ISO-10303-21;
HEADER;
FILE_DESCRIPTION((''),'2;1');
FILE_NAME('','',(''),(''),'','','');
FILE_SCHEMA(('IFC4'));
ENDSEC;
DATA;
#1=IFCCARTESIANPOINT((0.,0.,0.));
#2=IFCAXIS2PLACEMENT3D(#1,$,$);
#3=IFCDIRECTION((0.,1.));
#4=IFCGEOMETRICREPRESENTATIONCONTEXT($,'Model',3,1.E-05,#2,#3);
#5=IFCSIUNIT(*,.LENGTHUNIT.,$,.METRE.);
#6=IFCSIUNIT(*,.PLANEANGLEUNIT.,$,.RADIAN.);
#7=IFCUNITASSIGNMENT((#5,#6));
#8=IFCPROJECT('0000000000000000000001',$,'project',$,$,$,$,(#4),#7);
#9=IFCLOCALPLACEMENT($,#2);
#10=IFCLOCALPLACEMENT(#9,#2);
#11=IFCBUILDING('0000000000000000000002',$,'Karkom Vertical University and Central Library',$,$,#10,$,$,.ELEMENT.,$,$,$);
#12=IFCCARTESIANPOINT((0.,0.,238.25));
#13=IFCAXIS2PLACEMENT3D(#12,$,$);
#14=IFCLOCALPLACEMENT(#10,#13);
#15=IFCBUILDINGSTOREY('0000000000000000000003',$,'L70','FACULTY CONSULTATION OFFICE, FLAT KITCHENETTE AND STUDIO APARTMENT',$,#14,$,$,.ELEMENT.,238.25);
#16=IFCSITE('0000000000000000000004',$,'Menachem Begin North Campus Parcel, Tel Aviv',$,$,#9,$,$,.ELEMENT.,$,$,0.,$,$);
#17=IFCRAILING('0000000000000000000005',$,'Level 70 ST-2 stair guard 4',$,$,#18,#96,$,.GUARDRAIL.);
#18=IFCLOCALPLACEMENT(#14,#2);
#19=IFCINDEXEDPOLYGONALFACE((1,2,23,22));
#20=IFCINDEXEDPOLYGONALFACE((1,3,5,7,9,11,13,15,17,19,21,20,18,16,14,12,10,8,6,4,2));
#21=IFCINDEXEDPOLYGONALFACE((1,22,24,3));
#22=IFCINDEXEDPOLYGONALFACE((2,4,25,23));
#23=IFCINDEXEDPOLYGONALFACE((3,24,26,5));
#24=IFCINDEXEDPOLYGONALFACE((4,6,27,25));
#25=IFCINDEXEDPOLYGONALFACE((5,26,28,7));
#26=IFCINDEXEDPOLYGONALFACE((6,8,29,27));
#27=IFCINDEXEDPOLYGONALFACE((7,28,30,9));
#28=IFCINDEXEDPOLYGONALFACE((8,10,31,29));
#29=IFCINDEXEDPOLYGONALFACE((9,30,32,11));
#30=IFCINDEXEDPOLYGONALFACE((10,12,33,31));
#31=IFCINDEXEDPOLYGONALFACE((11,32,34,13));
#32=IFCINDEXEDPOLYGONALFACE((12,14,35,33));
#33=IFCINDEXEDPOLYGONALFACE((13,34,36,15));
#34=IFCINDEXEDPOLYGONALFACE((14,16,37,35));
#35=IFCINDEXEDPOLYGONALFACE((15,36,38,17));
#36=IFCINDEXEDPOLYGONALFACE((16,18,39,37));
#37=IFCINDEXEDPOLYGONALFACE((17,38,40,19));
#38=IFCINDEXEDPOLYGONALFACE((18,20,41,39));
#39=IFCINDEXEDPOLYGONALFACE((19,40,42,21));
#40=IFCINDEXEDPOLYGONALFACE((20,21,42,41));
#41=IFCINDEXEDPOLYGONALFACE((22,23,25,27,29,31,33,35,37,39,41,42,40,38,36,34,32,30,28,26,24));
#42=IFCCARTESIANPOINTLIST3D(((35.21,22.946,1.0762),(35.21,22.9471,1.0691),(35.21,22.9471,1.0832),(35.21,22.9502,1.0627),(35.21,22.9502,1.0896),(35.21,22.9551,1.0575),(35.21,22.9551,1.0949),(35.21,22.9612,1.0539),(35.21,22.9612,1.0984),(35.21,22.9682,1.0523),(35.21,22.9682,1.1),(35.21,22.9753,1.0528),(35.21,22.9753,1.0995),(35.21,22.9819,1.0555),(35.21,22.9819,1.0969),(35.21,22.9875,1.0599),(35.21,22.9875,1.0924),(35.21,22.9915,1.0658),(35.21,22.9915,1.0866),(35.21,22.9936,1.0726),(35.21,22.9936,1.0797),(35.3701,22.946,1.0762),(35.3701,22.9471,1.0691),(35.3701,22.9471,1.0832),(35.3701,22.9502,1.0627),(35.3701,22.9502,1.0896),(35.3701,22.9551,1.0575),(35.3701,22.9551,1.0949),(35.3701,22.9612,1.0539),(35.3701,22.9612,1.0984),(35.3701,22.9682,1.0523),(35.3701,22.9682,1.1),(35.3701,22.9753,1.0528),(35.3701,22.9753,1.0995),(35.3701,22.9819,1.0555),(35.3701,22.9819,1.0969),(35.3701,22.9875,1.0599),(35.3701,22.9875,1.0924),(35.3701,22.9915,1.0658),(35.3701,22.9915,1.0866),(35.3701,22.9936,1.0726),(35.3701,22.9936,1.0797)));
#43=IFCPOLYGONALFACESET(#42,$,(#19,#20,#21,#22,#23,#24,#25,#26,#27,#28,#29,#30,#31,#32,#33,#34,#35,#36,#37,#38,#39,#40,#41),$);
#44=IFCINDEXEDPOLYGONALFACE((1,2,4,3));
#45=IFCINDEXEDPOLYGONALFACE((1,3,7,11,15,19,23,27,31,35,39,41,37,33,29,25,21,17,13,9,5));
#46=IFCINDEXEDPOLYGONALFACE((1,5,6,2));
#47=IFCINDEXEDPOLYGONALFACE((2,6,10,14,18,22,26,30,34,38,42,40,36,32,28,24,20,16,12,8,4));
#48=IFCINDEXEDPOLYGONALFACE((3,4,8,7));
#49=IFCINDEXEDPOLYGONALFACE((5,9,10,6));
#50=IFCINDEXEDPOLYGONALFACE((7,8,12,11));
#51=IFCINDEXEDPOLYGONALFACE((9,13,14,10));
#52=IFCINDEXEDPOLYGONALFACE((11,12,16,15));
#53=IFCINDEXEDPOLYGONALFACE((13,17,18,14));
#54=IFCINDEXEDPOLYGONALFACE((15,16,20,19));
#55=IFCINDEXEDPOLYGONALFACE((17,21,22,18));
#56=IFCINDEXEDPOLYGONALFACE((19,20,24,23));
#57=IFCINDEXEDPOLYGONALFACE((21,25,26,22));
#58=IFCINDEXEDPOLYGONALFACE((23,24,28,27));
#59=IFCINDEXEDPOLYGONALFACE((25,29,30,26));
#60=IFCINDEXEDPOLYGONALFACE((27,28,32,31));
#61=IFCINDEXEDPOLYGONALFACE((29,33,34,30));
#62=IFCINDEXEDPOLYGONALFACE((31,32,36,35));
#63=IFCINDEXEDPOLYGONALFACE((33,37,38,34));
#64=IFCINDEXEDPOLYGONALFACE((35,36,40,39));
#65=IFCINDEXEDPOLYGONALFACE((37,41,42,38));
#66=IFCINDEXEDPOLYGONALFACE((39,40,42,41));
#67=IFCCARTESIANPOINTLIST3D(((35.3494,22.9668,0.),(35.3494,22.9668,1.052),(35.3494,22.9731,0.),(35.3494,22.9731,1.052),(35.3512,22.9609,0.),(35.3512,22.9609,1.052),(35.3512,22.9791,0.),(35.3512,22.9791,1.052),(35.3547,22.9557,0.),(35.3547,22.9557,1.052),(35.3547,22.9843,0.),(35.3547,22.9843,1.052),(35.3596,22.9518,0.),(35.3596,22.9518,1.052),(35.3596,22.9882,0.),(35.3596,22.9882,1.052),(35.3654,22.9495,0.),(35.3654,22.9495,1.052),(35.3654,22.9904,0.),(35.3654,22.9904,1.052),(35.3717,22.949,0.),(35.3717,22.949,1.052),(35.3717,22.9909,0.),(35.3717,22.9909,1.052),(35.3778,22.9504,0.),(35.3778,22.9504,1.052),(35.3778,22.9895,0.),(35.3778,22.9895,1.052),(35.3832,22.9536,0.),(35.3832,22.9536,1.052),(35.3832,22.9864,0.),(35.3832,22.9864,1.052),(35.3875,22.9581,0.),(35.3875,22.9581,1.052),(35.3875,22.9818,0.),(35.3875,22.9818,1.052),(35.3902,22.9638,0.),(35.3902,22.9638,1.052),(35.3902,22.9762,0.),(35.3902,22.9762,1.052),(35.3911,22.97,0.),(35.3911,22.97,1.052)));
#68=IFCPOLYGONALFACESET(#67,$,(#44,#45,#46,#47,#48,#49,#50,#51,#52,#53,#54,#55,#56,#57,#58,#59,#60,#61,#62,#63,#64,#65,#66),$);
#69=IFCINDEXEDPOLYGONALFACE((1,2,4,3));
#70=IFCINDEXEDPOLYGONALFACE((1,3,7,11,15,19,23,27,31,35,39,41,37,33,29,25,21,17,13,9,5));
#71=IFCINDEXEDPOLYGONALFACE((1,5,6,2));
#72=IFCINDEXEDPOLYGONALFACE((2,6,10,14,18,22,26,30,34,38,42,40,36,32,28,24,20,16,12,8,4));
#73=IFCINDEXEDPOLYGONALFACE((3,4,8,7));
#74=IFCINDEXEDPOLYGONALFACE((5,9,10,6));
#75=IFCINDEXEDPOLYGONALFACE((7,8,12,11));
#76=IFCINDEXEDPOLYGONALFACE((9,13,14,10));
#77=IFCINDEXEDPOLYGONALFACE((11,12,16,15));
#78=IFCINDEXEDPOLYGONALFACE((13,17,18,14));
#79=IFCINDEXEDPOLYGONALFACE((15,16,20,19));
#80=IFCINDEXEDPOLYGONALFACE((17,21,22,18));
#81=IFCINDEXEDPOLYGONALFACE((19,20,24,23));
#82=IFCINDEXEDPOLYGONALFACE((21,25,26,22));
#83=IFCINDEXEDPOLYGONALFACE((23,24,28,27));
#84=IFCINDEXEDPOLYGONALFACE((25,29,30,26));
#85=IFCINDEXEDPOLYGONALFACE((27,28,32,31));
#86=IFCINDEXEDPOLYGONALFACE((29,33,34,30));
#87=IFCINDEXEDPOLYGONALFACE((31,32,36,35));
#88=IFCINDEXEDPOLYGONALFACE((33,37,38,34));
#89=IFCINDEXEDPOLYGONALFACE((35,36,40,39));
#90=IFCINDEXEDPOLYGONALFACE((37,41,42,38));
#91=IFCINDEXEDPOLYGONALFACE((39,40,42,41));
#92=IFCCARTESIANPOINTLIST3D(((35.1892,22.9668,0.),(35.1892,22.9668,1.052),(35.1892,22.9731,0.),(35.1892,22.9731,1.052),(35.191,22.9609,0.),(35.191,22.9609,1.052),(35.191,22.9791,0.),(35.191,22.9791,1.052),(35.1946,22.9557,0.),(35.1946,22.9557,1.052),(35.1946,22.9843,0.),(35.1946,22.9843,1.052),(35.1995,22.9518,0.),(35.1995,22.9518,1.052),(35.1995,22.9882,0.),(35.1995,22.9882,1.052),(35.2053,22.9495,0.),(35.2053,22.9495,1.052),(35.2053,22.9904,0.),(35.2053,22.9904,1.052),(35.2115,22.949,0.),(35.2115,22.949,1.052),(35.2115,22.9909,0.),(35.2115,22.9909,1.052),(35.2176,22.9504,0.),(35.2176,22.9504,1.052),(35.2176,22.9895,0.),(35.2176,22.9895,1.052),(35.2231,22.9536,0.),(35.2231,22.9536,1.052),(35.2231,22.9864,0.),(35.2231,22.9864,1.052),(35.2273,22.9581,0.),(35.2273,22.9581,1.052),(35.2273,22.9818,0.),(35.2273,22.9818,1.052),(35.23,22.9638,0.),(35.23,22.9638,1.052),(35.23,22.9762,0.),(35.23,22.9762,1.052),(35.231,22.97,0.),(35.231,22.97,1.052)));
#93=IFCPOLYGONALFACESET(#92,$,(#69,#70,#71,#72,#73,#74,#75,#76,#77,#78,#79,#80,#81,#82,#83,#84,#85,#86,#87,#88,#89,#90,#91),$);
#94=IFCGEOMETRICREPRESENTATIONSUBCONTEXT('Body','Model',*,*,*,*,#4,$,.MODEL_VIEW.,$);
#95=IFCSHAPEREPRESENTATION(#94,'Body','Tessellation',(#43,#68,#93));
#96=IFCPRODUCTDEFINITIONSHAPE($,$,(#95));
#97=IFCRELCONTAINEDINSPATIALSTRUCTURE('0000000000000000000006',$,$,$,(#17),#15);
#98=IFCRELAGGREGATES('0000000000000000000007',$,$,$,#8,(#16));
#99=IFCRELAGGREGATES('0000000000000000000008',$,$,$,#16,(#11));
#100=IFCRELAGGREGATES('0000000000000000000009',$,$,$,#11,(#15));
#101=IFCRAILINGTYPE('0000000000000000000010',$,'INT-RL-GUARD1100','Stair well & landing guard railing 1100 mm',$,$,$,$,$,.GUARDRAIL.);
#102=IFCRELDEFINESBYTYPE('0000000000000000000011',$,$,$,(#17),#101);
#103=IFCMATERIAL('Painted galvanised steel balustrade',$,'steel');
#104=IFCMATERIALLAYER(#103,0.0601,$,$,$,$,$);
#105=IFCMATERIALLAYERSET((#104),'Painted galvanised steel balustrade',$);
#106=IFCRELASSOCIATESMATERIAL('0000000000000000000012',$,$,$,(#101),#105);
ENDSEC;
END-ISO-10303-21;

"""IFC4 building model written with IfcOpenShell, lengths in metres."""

from ifc_helpers import new_model, si_unit, direction, frame, origin, origin_2d, place, context, subcontext, project, spatial, circle, extrude, material, layer, layer_set, type_object, element, save


model = new_model("IFC4")

# Units and contexts
model_context = context("Model", 3, precision=1e-05, world=origin(), true_north=direction((0.0, 1.0)))
body_context = subcontext(model_context, "Body", "Model", "MODEL_VIEW")
ifc_project = project(units=[si_unit("LENGTHUNIT", "METRE"), si_unit("PLANEANGLEUNIT", "RADIAN")], contexts=[model_context])

# Site, building, storey
site_placement = place(None, origin())
site = spatial("IfcSite", under=ifc_project, at=site_placement, Name="Menachem Begin North Campus Parcel, Tel Aviv", CompositionType="ELEMENT", RefElevation=0.0)
building_placement = place(site_placement, origin())
building = spatial("IfcBuilding", under=site, at=building_placement, Name="Karkom Vertical University and Central Library", CompositionType="ELEMENT")
storey_placement = place(building_placement, frame((0.0, 0.0, 238.25)))
storey = spatial("IfcBuildingStorey", under=building, at=storey_placement, Name="L70", Description="FACULTY CONSULTATION OFFICE, FLAT KITCHENETTE AND STUDIO APARTMENT", CompositionType="ELEMENT", Elevation=238.25)

# Railing
ifc_material_1 = material(Name="Painted galvanised steel balustrade", Category="steel")
ifc_layer_1 = layer(ifc_material_1, 0.0601)
ifc_layer_set_1 = layer_set([ifc_layer_1], Name="Painted galvanised steel balustrade")
railing_type_1 = type_object("IfcRailingType", Name="INT-RL-GUARD1100", Description="Stair well & landing guard railing 1100 mm", PredefinedType="GUARDRAIL", material=ifc_layer_set_1)
railing_1_placement = place(storey_placement, frame((35.3701, 22.97, 0.0)))
element("IfcRailing", 1, at=railing_1_placement, inside=storey, type_object=railing_type_1, Name="Level 70 ST-2 stair guard 4", PredefinedType="GUARDRAIL", context=body_context, shape_type="SweptSolid", body=[
    extrude(circle(Radius=0.0239, at=origin_2d()), frame((0.0, 0.0, 1.0762), z_axis=(-1.0, 0.0, 0.0), x_axis=(0.0, -1.0, 0.0)), (0.0, 0.0, 1.0), 0.1602),
    extrude(circle(Radius=0.021, at=origin_2d()), origin(), (0.0, 0.0, 1.0), 1.052),
    extrude(circle(Radius=0.021, at=origin_2d()), frame((-0.1602, 0.0, 0.0)), (0.0, 0.0, 1.0), 1.052),
])

save(model, "model.ifc")
